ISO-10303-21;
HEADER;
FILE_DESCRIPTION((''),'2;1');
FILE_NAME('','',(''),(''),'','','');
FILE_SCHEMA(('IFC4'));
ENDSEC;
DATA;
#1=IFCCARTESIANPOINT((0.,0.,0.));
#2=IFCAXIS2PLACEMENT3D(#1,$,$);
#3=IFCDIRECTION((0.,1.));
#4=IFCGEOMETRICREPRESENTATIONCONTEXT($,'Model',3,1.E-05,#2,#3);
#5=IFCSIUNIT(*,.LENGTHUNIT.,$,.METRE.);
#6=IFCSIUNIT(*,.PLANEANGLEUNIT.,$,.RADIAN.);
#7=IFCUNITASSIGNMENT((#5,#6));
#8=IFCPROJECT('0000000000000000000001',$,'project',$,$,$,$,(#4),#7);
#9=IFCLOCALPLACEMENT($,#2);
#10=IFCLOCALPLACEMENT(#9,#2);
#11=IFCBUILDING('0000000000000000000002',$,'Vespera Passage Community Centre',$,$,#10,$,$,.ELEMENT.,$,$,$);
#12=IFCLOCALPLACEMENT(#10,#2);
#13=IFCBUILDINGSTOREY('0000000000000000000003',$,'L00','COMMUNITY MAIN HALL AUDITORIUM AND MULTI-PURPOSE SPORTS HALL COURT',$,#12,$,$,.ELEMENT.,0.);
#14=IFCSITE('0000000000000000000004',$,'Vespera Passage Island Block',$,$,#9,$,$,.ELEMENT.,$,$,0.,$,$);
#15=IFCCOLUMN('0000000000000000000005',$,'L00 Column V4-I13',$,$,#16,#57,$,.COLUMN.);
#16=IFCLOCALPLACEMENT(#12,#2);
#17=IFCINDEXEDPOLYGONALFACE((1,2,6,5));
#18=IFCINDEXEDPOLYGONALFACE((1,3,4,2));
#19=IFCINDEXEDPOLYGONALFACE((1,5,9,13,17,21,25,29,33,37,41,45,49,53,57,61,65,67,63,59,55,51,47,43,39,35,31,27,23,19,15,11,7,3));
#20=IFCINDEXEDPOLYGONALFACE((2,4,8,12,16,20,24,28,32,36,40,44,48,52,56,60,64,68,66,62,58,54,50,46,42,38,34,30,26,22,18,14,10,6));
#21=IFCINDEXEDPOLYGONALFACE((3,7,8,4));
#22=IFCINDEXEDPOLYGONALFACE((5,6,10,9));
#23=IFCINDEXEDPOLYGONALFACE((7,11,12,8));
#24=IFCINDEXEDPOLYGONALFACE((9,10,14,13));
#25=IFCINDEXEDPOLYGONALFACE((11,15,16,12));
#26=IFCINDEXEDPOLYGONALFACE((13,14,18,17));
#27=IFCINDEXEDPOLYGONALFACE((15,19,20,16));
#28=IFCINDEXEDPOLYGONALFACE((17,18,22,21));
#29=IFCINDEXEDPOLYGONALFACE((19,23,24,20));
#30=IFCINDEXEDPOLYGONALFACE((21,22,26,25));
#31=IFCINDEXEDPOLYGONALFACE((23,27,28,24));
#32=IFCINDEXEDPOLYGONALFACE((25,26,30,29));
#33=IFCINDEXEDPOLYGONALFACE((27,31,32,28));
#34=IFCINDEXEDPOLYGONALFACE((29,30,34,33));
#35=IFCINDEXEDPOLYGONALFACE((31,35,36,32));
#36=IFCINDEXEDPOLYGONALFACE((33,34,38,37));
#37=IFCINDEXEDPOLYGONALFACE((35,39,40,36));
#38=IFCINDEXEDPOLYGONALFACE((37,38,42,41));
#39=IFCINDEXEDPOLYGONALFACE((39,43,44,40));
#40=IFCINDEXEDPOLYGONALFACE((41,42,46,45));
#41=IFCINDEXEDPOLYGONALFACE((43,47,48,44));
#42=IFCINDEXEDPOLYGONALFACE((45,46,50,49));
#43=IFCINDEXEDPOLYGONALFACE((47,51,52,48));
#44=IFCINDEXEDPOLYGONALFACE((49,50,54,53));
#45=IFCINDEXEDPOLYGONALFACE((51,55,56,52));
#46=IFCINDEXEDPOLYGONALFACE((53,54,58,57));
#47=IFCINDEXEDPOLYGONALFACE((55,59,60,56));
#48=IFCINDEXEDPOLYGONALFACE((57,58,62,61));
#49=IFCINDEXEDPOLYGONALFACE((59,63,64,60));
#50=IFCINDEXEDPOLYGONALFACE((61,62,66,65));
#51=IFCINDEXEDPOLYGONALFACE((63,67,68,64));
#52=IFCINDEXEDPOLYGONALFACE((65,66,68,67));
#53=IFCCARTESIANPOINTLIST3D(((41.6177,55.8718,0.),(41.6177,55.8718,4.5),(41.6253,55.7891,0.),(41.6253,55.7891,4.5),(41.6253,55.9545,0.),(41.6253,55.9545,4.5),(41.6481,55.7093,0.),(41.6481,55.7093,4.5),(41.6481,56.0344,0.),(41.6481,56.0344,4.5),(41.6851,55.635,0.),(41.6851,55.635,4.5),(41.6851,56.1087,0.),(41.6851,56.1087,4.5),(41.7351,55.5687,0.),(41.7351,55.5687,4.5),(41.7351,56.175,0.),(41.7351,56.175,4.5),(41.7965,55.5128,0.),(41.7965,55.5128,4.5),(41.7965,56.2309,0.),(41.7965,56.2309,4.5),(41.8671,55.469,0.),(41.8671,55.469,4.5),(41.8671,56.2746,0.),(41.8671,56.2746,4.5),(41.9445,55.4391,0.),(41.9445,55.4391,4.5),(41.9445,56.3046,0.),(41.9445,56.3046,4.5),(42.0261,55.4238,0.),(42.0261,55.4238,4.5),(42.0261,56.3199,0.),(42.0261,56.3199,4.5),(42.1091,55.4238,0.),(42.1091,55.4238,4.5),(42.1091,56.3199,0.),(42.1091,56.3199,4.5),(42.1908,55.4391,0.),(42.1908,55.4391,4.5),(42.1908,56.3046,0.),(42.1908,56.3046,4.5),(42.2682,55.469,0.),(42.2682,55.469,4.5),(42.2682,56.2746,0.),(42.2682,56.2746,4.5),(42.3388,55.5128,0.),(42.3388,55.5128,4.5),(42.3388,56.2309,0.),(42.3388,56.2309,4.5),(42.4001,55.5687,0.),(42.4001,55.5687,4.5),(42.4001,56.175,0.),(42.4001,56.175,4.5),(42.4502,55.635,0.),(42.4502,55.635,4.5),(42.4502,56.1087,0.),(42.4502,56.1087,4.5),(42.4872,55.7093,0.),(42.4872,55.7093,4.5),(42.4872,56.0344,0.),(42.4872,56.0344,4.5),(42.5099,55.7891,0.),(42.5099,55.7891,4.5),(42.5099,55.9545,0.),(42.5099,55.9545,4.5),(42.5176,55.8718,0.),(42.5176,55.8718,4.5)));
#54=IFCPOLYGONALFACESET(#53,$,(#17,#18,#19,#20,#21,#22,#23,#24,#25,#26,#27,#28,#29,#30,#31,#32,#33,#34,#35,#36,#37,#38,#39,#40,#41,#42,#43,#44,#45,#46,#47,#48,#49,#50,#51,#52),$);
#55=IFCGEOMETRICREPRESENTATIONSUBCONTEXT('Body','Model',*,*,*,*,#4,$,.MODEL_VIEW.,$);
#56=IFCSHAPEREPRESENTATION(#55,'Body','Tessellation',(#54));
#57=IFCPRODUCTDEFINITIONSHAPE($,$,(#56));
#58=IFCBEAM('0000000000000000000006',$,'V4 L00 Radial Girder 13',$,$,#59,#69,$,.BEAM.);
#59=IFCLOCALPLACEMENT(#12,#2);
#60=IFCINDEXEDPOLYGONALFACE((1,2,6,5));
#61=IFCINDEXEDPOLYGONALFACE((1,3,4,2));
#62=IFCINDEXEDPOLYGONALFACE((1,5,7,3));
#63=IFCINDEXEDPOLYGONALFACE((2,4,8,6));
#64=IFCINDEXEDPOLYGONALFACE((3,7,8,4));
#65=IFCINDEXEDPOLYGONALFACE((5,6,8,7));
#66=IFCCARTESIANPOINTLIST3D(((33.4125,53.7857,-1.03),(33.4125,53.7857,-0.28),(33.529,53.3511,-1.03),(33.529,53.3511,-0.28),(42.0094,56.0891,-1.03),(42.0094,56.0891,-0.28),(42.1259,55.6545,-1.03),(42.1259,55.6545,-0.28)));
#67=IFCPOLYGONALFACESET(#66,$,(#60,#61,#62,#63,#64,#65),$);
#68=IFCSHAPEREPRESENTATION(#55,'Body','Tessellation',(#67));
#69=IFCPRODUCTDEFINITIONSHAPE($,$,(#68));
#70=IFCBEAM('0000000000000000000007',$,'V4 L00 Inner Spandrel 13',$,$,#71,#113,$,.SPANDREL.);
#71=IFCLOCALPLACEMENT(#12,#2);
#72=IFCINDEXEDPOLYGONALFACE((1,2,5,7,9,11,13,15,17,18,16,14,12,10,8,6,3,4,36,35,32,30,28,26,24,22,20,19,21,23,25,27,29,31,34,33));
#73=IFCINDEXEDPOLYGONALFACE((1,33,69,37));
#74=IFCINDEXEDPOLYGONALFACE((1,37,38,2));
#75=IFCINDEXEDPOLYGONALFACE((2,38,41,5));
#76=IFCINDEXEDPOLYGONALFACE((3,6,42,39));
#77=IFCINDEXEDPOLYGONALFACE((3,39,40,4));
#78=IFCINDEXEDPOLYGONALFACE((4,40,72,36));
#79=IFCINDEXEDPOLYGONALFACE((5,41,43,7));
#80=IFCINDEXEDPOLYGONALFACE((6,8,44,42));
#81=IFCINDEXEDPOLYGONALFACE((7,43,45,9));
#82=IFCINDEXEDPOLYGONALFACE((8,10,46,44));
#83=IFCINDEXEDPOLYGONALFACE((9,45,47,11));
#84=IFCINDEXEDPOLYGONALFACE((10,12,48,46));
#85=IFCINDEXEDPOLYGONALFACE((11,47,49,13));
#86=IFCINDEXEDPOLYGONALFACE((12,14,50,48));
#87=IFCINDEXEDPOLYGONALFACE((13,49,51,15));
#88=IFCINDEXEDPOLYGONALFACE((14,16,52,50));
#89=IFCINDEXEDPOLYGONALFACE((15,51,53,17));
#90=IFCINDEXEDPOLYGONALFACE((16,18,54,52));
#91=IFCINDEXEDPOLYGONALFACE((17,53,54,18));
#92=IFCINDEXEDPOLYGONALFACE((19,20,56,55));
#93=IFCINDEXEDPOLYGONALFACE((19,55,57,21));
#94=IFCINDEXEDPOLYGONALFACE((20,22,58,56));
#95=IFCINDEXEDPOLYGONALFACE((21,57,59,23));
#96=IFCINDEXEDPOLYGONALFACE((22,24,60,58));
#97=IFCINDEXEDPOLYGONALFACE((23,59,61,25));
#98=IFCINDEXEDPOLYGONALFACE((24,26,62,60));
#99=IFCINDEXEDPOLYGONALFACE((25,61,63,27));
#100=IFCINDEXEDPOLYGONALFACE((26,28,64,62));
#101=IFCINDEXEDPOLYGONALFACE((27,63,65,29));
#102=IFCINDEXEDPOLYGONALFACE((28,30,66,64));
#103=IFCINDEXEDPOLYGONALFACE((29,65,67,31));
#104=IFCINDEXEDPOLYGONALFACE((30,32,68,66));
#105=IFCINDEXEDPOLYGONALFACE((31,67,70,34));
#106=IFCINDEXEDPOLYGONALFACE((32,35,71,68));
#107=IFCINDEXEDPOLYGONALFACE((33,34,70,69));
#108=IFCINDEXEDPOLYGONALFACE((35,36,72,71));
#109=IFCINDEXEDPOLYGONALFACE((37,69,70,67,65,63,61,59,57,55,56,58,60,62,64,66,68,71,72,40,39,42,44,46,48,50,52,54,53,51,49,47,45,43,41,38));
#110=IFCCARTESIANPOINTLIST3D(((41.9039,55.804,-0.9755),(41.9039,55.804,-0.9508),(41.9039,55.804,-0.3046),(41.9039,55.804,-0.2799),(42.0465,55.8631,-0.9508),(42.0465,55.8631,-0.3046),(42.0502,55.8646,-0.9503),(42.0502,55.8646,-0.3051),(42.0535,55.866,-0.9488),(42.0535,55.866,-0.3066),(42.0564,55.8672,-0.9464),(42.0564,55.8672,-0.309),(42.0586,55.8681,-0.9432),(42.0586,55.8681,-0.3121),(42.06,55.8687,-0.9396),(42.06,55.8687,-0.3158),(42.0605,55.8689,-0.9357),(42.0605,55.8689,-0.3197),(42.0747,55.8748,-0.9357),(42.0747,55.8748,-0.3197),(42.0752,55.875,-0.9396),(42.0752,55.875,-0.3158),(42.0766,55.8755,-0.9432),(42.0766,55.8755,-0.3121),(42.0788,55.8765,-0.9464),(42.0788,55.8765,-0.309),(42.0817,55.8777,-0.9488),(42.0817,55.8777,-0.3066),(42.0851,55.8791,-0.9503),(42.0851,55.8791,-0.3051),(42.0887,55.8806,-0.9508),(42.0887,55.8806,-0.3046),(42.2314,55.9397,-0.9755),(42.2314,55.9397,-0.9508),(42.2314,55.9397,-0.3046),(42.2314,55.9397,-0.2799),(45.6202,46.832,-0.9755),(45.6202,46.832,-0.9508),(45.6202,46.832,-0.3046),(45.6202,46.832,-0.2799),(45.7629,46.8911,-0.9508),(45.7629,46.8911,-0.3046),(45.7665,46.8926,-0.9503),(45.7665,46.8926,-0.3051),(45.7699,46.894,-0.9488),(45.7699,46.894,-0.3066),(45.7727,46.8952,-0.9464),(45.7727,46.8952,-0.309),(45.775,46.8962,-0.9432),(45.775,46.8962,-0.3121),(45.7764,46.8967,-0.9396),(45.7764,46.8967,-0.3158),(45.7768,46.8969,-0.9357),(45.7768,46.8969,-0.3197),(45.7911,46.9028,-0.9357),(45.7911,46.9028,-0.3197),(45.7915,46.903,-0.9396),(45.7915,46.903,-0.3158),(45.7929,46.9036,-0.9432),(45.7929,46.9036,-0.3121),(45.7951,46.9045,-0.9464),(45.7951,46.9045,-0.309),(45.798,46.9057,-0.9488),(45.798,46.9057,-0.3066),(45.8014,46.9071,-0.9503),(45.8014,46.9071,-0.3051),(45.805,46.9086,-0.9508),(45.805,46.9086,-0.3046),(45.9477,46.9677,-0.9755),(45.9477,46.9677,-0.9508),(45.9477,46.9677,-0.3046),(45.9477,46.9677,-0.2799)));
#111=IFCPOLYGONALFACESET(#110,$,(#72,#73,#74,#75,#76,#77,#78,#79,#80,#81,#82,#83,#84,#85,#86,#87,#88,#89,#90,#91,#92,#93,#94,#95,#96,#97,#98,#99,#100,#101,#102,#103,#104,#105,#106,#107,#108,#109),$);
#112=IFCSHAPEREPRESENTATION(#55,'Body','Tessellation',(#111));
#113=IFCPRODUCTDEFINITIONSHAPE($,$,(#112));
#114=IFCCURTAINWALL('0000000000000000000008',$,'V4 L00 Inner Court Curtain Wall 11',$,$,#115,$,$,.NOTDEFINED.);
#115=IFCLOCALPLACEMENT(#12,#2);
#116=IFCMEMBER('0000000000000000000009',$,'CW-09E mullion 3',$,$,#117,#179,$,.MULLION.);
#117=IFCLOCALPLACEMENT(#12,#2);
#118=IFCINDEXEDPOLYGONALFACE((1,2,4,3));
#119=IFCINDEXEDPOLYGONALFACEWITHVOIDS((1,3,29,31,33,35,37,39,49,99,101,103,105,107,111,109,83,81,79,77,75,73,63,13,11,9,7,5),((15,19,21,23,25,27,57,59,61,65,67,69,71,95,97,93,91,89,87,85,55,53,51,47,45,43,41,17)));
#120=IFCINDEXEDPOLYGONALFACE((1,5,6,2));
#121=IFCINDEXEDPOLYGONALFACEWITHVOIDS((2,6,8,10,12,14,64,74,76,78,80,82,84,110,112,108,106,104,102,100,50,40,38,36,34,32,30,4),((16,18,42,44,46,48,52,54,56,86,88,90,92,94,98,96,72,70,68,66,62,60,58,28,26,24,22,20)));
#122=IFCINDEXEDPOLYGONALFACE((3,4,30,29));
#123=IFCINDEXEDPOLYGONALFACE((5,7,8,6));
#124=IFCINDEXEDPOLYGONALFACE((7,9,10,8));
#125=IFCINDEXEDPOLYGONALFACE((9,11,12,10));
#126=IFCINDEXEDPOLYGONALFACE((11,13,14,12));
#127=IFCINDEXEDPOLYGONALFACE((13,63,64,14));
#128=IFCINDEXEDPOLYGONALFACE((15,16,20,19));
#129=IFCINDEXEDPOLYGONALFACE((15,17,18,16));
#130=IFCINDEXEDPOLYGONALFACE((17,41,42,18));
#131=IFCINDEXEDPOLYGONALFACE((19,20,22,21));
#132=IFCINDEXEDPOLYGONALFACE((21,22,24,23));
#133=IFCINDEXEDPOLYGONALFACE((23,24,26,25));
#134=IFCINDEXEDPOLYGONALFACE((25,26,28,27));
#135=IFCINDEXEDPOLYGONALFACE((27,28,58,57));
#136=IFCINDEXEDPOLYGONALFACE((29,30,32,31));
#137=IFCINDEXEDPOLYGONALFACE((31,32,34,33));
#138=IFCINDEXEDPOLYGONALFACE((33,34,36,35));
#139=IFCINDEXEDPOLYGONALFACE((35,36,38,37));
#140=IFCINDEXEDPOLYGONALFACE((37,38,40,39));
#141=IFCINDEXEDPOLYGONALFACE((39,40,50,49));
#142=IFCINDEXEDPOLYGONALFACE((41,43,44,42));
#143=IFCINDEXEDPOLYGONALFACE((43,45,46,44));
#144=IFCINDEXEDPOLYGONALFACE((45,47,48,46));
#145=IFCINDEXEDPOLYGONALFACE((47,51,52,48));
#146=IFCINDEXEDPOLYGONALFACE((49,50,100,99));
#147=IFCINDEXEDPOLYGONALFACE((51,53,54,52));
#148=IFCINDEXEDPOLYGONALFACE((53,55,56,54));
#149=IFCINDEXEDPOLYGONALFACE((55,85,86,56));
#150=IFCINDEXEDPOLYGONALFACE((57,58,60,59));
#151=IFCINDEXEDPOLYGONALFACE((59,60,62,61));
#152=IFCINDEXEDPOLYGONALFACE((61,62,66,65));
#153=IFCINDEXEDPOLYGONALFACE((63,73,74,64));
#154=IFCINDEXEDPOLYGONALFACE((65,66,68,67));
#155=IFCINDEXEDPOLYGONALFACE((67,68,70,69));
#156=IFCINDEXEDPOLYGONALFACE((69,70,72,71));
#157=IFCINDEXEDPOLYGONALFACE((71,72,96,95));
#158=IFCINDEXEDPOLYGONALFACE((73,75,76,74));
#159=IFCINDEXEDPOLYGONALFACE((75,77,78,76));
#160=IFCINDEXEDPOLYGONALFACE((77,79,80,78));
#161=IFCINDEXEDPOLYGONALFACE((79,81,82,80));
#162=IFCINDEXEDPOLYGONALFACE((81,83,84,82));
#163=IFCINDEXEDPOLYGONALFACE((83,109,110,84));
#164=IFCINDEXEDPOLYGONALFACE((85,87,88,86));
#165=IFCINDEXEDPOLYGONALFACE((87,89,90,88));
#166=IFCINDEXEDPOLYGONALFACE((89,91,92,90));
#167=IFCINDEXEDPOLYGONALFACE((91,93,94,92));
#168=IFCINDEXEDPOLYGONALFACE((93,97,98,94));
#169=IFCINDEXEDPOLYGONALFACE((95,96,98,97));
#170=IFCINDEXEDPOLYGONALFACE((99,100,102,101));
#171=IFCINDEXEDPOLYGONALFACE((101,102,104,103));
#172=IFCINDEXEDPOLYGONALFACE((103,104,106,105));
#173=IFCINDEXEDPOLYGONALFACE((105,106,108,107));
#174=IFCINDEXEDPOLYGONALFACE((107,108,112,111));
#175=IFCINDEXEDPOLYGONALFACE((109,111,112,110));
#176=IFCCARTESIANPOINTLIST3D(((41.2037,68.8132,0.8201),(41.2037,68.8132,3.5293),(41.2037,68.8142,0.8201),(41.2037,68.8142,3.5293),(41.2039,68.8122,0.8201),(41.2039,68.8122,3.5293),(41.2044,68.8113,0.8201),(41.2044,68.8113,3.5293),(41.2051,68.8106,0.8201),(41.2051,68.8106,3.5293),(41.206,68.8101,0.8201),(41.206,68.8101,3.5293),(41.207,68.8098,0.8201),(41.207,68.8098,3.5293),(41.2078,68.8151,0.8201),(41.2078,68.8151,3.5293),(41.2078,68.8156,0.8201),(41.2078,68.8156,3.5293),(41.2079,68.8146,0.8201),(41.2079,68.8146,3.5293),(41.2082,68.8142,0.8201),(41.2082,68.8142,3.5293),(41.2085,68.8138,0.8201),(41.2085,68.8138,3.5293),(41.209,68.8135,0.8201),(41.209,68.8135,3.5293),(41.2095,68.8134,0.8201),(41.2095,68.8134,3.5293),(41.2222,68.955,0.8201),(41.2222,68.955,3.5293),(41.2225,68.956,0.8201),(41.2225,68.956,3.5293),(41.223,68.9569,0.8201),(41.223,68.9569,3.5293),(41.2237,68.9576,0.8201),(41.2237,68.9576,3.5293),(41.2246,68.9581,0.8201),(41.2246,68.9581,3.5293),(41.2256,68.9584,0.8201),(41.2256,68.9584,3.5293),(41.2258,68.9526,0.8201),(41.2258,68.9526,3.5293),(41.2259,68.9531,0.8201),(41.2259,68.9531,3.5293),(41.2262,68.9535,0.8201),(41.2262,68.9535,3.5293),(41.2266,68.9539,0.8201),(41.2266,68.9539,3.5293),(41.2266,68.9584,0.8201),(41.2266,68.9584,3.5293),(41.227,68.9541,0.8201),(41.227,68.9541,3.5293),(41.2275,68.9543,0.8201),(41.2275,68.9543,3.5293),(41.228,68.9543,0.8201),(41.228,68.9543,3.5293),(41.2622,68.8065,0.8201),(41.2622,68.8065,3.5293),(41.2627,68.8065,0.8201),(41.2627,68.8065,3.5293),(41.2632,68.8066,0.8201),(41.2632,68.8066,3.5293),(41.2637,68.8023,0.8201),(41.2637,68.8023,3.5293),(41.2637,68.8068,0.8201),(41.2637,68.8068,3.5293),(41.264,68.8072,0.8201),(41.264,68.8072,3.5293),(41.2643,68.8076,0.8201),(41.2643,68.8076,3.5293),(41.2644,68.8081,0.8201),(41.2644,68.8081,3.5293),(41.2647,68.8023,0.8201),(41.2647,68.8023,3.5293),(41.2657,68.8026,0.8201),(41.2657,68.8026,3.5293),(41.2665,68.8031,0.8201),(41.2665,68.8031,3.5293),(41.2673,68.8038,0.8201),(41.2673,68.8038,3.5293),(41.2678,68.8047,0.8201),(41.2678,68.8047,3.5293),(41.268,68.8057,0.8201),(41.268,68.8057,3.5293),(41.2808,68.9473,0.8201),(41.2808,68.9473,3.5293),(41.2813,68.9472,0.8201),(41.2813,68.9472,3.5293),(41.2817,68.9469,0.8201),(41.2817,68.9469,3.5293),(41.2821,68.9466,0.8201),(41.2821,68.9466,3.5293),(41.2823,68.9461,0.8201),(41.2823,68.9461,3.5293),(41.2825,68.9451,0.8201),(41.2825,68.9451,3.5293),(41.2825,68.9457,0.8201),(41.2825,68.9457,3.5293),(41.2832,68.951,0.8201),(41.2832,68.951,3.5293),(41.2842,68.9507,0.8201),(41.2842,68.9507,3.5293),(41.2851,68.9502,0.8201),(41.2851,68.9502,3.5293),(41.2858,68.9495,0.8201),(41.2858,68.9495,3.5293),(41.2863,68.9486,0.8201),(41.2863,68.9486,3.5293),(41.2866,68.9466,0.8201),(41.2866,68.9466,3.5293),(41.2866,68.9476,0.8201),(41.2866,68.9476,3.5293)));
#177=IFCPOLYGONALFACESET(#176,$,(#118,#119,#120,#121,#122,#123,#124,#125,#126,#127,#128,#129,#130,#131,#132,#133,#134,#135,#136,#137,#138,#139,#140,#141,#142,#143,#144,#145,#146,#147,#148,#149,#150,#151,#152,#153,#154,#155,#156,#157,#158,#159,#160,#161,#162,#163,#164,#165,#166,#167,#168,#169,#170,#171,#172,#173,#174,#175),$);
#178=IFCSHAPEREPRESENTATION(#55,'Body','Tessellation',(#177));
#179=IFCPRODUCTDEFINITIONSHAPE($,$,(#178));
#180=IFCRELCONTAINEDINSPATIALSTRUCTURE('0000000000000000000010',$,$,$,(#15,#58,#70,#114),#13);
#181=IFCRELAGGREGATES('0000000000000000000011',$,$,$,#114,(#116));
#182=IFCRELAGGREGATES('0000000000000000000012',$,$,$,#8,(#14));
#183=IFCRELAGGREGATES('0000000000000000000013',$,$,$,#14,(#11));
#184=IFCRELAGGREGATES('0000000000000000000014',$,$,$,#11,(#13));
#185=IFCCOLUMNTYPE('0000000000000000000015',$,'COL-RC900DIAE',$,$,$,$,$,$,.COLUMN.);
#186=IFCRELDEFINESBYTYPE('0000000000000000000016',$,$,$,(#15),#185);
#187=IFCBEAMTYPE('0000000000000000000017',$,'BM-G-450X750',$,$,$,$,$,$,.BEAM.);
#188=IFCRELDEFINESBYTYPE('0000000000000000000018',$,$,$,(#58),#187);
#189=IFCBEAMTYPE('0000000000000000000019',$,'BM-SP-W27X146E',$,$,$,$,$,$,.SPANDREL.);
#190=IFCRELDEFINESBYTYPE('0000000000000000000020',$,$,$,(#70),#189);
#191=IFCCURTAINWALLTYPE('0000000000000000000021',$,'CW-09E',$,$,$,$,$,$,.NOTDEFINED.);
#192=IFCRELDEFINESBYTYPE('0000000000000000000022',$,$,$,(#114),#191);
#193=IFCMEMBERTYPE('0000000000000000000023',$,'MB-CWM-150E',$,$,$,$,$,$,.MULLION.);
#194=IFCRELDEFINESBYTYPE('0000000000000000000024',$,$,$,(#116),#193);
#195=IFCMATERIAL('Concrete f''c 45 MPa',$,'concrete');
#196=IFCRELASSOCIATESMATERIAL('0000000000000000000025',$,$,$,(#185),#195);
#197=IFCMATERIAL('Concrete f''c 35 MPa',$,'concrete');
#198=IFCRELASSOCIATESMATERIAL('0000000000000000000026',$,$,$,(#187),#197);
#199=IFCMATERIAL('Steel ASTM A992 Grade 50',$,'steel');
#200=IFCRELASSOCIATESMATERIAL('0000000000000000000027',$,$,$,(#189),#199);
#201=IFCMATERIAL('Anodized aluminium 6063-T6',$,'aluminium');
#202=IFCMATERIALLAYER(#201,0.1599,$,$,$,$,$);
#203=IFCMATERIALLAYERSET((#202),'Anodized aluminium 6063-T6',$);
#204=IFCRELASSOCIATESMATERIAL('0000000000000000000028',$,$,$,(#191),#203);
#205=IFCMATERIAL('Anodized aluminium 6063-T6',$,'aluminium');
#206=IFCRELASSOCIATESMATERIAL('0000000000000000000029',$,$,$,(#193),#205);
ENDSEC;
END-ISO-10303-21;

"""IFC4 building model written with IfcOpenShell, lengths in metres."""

from ifc_helpers import new_model, si_unit, direction, frame, origin, origin_2d, place, context, subcontext, project, spatial, rectangle, hollow_rectangle, circle, i_section, extrude, material, layer, layer_set, material_profile, profile_set, type_object, element, aggregate, save


model = new_model("IFC4")

# Units and contexts
model_context = context("Model", 3, precision=1e-05, world=origin(), true_north=direction((0.0, 1.0)))
body_context = subcontext(model_context, "Body", "Model", "MODEL_VIEW")
ifc_project = project(units=[si_unit("LENGTHUNIT", "METRE"), si_unit("PLANEANGLEUNIT", "RADIAN")], contexts=[model_context])

# Site, building, storey
site_placement = place(None, origin())
site = spatial("IfcSite", under=ifc_project, at=site_placement, Name="Vespera Passage Island Block", CompositionType="ELEMENT", RefElevation=0.0)
building_placement = place(site_placement, origin())
building = spatial("IfcBuilding", under=site, at=building_placement, Name="Vespera Passage Community Centre", CompositionType="ELEMENT")
storey_placement = place(building_placement, origin())
storey = spatial("IfcBuildingStorey", under=building, at=storey_placement, Name="L00", Description="COMMUNITY MAIN HALL AUDITORIUM AND MULTI-PURPOSE SPORTS HALL COURT", CompositionType="ELEMENT", Elevation=0.0)

# Column
ifc_material_1 = material(Name="Concrete f'c 45 MPa", Category="concrete")
ifc_material_profile_1 = material_profile(ifc_material_1, circle(Radius=0.45, at=origin_2d()), Name="RC900DIA")
ifc_profile_set_1 = profile_set([ifc_material_profile_1], Name="Concrete f'c 45 MPa")
column_type = type_object("IfcColumnType", Name="COL-RC900DIAE", PredefinedType="COLUMN", material=ifc_profile_set_1)
column_placement = place(storey_placement, frame((42.0676, 55.8718, 0.0), z_axis=(0.0, 0.0, 1.0), x_axis=(1.0, 0.0, 0.0)))
element("IfcColumn", 1, at=column_placement, inside=storey, type_object=column_type, Name="L00 Column V4-I13", PredefinedType="COLUMN", context=body_context, shape_type="SweptSolid", body=[
    extrude(circle(Radius=0.45, at=origin_2d()), origin(), (0.0, 0.0, 1.0), 4.5),
])

# Beams
ifc_material_2 = material(Name="Concrete f'c 35 MPa", Category="concrete")
ifc_material_profile_2 = material_profile(ifc_material_2, rectangle(XDim=0.45, YDim=0.75, at=origin_2d()), Name="RC450X750")
ifc_profile_set_2 = profile_set([ifc_material_profile_2], Name="Concrete f'c 35 MPa")
beam_type_1 = type_object("IfcBeamType", Name="BM-G-450X750", PredefinedType="BEAM", material=ifc_profile_set_2)
beam_1_placement = place(storey_placement, frame((42.0676, 55.8718, -0.655), z_axis=(-0.965928, -0.258811, 0.0), x_axis=(0.258811, -0.965928, 0.0)))
element("IfcBeam", 2, at=beam_1_placement, inside=storey, type_object=beam_type_1, Name="V4 L00 Radial Girder 13", PredefinedType="BEAM", context=body_context, shape_type="SweptSolid", body=[
    extrude(rectangle(XDim=0.45, YDim=0.75, at=origin_2d()), origin(), (0.0, 0.0, 1.0), 8.9001),
])
ifc_material_3 = material(Name="Steel ASTM A992 Grade 50", Category="steel")
ifc_material_profile_3 = material_profile(ifc_material_3, i_section(OverallWidth=0.3545, OverallDepth=0.6956, WebThickness=0.0154, FlangeThickness=0.0247, FilletRadius=0.0151, at=origin_2d()), Name="W27X146")
ifc_profile_set_3 = profile_set([ifc_material_profile_3], Name="Steel ASTM A992 Grade 50")
beam_type_2 = type_object("IfcBeamType", Name="BM-SP-W27X146E", PredefinedType="SPANDREL", material=ifc_profile_set_3)
beam_2_placement = place(storey_placement, frame((42.0676, 55.8718, -0.6277), z_axis=(0.382685, -0.923879, 0.0), x_axis=(0.923879, 0.382685, 0.0)))
element("IfcBeam", 3, at=beam_2_placement, inside=storey, type_object=beam_type_2, Name="V4 L00 Inner Spandrel 13", PredefinedType="SPANDREL", context=body_context, shape_type="SweptSolid", body=[
    extrude(i_section(OverallWidth=0.3545, OverallDepth=0.6956, WebThickness=0.0154, FlangeThickness=0.0247, FilletRadius=0.0151, at=origin_2d()), origin(), (0.0, 0.0, 1.0), 9.7112),
])

# Curtain wall, member
ifc_material_4 = material(Name="Anodized aluminium 6063-T6", Category="aluminium")
ifc_layer_1 = layer(ifc_material_4, 0.1599)
ifc_layer_set_1 = layer_set([ifc_layer_1], Name="Anodized aluminium 6063-T6")
curtain_wall_type_1 = type_object("IfcCurtainWallType", Name="CW-09E", PredefinedType="NOTDEFINED", material=ifc_layer_set_1)
curtain_wall_1_placement = place(storey_placement, origin())
curtain_wall_1 = element("IfcCurtainWall", 4, at=curtain_wall_1_placement, inside=storey, type_object=curtain_wall_type_1, Name="V4 L00 Inner Court Curtain Wall 11", PredefinedType="NOTDEFINED")
ifc_material_5 = material(Name="Anodized aluminium 6063-T6", Category="aluminium")
ifc_material_profile_4 = material_profile(ifc_material_5, hollow_rectangle(XDim=0.0649, YDim=0.1499, WallThickness=0.0039, InnerFilletRadius=0.002, OuterFilletRadius=0.0039, at=origin_2d()), Name="ALU150X65X4")
ifc_profile_set_4 = profile_set([ifc_material_profile_4], Name="Anodized aluminium 6063-T6")
member_type_1 = type_object("IfcMemberType", Name="MB-CWM-150E", PredefinedType="MULLION", material=ifc_profile_set_4)
member_1_placement = place(storey_placement, frame((41.2451, 68.8804, 0.8201), z_axis=(0.0, 0.0, 1.0), x_axis=(0.991445, -0.130522, 0.0)))
member_1 = element("IfcMember", 5, at=member_1_placement, type_object=member_type_1, Name="CW-09E mullion 3", PredefinedType="MULLION", context=body_context, shape_type="SweptSolid", body=[
    extrude(hollow_rectangle(XDim=0.0649, YDim=0.1499, WallThickness=0.0039, InnerFilletRadius=0.002, OuterFilletRadius=0.0039, at=origin_2d()), origin(), (0.0, 0.0, 1.0), 2.7092),
])

aggregate(curtain_wall_1, [member_1])

save(model, "model.ifc")
